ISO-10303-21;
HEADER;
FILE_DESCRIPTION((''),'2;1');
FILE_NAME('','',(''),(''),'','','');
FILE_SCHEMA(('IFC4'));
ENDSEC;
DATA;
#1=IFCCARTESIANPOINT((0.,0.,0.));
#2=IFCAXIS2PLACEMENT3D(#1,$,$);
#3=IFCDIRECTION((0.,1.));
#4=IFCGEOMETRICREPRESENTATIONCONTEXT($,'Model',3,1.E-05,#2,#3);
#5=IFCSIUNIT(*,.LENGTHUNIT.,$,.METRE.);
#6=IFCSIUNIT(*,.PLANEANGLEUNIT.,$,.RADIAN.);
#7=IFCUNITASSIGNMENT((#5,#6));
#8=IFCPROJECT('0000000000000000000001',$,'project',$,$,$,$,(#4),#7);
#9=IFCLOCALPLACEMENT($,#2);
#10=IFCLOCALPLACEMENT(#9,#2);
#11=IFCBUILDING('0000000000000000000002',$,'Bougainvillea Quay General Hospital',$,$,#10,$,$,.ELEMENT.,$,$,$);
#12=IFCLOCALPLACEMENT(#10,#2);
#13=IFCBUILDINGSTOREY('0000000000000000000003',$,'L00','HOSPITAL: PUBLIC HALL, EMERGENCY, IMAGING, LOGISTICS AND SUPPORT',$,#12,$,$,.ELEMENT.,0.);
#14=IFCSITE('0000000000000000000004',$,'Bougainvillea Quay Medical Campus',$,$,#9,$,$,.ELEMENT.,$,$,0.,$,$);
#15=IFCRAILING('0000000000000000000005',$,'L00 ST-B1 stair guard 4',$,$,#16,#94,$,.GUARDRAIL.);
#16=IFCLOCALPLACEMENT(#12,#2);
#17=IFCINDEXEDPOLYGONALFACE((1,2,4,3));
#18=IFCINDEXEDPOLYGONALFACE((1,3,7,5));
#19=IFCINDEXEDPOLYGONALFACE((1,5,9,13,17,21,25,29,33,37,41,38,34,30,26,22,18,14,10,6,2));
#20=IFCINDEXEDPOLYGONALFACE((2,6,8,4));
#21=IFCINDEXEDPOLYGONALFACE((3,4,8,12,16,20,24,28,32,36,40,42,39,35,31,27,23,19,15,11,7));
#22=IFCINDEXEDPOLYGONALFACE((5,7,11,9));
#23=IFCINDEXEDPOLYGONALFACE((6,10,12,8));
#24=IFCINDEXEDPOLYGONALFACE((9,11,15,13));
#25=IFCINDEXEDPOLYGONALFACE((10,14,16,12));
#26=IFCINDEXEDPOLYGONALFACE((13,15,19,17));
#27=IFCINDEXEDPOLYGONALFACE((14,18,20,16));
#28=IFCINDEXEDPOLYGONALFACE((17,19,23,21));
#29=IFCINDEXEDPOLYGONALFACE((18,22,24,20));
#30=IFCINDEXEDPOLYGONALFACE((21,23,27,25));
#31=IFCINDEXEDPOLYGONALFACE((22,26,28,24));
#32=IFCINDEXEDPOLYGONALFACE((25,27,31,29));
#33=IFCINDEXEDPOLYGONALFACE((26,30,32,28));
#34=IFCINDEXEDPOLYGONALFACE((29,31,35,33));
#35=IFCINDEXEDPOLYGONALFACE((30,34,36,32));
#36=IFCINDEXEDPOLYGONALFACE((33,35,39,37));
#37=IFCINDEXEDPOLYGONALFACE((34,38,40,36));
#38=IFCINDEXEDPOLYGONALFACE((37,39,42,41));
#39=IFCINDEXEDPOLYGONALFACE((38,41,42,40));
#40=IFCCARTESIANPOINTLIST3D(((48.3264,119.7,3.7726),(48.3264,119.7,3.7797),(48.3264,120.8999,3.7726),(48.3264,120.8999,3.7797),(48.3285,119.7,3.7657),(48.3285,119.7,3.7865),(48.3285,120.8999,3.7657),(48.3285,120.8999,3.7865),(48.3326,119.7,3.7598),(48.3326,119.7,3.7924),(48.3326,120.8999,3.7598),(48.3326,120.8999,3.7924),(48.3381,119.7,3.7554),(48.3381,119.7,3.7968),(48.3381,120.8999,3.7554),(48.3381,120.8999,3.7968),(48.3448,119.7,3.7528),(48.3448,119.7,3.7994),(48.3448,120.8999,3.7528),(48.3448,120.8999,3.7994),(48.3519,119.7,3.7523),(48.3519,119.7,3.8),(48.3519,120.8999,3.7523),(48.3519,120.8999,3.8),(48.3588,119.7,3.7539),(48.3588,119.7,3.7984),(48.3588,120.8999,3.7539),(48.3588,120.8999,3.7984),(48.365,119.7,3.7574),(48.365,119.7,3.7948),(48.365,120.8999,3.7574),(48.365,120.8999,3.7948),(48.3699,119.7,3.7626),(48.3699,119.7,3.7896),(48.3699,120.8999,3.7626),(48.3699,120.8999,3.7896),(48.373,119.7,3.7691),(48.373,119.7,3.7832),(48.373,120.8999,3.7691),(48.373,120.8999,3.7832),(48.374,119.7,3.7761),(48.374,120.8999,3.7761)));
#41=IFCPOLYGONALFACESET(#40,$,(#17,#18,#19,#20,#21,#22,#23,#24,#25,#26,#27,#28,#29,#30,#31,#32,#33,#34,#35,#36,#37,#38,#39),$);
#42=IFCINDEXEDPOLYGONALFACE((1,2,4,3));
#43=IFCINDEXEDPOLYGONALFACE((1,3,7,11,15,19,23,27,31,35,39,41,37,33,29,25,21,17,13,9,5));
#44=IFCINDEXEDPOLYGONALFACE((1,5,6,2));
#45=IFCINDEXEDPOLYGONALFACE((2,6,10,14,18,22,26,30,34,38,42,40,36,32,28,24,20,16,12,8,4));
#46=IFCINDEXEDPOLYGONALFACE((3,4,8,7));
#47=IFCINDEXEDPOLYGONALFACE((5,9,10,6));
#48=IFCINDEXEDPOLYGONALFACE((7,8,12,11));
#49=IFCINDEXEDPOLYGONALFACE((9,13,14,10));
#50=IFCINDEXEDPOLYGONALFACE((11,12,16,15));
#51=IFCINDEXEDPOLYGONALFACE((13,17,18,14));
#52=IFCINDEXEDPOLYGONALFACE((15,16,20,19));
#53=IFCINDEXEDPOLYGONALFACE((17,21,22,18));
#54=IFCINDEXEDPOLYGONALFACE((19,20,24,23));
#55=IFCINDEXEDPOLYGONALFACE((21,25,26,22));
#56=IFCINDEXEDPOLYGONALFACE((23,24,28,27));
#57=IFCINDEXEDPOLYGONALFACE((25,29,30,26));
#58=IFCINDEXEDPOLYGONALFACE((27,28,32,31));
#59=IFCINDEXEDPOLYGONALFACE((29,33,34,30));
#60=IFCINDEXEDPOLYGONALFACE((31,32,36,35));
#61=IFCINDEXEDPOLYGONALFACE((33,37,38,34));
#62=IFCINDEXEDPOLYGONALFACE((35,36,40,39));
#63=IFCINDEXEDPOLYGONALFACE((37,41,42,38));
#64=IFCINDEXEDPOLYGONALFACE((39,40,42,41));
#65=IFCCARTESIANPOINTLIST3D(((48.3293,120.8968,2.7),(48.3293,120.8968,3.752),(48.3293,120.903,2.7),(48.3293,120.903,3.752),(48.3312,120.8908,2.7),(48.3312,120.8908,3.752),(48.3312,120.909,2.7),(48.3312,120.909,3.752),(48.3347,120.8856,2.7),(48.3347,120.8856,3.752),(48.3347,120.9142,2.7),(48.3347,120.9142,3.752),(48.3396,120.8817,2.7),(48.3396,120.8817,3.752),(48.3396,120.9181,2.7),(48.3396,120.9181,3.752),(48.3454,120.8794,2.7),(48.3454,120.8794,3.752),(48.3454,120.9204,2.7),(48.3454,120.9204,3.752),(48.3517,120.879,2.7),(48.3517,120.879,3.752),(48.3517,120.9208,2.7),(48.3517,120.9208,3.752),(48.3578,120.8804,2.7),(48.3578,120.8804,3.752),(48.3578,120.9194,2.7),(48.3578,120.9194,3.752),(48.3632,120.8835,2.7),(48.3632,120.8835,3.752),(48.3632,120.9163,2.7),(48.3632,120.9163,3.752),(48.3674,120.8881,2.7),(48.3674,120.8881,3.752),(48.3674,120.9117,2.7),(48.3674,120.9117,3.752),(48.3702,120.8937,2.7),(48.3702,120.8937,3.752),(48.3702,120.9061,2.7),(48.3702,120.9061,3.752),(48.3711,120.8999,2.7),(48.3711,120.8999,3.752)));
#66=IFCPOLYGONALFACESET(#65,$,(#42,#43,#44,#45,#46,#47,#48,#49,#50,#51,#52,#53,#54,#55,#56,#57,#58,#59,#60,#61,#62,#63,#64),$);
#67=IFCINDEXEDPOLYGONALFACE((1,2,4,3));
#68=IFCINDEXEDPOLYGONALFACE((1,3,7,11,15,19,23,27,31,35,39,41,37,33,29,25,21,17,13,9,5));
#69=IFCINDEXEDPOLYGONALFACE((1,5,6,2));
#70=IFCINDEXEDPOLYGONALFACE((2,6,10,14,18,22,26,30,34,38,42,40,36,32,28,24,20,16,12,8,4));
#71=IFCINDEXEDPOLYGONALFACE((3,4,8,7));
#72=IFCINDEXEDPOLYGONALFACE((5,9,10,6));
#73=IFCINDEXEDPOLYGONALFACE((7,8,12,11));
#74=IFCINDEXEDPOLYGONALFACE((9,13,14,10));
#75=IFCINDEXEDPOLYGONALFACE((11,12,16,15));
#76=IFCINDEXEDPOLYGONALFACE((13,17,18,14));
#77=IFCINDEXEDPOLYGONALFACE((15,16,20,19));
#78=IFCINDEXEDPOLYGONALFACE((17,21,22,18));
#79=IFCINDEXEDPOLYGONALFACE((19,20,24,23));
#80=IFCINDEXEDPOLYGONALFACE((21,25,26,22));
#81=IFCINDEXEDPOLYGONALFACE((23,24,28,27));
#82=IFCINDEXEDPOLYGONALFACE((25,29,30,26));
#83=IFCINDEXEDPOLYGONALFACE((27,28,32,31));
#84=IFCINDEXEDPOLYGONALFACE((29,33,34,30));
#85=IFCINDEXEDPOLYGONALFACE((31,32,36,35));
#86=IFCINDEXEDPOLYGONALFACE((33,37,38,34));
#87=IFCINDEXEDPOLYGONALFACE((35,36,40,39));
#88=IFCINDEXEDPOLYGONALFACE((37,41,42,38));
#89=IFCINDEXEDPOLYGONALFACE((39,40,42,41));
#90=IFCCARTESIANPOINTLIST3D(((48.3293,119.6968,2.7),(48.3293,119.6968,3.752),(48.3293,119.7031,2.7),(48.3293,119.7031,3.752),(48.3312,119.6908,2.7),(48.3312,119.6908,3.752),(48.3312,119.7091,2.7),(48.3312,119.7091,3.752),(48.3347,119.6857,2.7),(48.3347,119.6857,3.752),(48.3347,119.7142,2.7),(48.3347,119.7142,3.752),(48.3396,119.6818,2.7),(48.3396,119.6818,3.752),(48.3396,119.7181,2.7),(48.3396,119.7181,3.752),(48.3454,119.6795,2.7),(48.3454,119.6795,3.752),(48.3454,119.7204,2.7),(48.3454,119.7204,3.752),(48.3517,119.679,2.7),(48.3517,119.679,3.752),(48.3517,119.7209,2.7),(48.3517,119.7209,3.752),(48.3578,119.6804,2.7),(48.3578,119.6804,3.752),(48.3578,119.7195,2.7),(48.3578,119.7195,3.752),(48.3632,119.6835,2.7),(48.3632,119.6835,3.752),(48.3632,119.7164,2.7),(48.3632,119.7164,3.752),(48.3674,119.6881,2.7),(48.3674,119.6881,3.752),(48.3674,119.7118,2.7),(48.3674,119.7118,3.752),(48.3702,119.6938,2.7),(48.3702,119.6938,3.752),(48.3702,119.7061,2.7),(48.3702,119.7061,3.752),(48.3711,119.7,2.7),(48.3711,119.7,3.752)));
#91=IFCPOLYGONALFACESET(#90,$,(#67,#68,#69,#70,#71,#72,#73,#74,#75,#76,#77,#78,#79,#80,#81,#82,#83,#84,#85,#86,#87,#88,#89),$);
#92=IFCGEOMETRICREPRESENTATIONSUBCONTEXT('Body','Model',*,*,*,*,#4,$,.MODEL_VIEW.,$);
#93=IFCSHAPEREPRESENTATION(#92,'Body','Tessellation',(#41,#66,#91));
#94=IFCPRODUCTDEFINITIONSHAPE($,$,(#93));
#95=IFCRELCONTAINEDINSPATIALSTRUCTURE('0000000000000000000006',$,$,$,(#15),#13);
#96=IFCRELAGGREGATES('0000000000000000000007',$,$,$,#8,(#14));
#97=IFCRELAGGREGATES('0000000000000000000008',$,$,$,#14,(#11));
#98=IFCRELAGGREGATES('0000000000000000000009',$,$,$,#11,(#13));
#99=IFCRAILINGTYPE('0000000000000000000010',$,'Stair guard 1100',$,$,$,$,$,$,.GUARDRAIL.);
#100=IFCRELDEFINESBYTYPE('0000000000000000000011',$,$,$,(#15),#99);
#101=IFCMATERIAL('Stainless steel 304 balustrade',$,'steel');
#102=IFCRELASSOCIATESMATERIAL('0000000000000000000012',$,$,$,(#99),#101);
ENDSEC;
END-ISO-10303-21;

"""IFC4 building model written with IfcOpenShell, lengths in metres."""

from ifc_helpers import new_model, si_unit, direction, frame, origin, origin_2d, place, context, subcontext, project, spatial, circle, extrude, material, type_object, element, save


model = new_model("IFC4")

# Units and contexts
model_context = context("Model", 3, precision=1e-05, world=origin(), true_north=direction((0.0, 1.0)))
body_context = subcontext(model_context, "Body", "Model", "MODEL_VIEW")
ifc_project = project(units=[si_unit("LENGTHUNIT", "METRE"), si_unit("PLANEANGLEUNIT", "RADIAN")], contexts=[model_context])

# Site, building, storey
site_placement = place(None, origin())
site = spatial("IfcSite", under=ifc_project, at=site_placement, Name="Bougainvillea Quay Medical Campus", CompositionType="ELEMENT", RefElevation=0.0)
building_placement = place(site_placement, origin())
building = spatial("IfcBuilding", under=site, at=building_placement, Name="Bougainvillea Quay General Hospital", CompositionType="ELEMENT")
storey_placement = place(building_placement, origin())
storey = spatial("IfcBuildingStorey", under=building, at=storey_placement, Name="L00", Description="HOSPITAL: PUBLIC HALL, EMERGENCY, IMAGING, LOGISTICS AND SUPPORT", CompositionType="ELEMENT", Elevation=0.0)

# Railing
ifc_material_1 = material(Name="Stainless steel 304 balustrade", Category="steel")
railing_type_1 = type_object("IfcRailingType", Name="Stair guard 1100", PredefinedType="GUARDRAIL", material=ifc_material_1)
railing_1_placement = place(storey_placement, frame((48.3501, 120.8999, 2.7)))
element("IfcRailing", 1, at=railing_1_placement, inside=storey, type_object=railing_type_1, Name="L00 ST-B1 stair guard 4", PredefinedType="GUARDRAIL", context=body_context, shape_type="SweptSolid", body=[
    extrude(circle(Radius=0.0239, at=origin_2d()), frame((0.0, 0.0, 1.0762), z_axis=(0.0, -1.0, 0.0), x_axis=(1.0, 0.0, 0.0)), (0.0, 0.0, 1.0), 1.2),
    extrude(circle(Radius=0.021, at=origin_2d()), origin(), (0.0, 0.0, 1.0), 1.052),
    extrude(circle(Radius=0.021, at=origin_2d()), frame((0.0, -1.2, 0.0)), (0.0, 0.0, 1.0), 1.052),
])

save(model, "model.ifc")
